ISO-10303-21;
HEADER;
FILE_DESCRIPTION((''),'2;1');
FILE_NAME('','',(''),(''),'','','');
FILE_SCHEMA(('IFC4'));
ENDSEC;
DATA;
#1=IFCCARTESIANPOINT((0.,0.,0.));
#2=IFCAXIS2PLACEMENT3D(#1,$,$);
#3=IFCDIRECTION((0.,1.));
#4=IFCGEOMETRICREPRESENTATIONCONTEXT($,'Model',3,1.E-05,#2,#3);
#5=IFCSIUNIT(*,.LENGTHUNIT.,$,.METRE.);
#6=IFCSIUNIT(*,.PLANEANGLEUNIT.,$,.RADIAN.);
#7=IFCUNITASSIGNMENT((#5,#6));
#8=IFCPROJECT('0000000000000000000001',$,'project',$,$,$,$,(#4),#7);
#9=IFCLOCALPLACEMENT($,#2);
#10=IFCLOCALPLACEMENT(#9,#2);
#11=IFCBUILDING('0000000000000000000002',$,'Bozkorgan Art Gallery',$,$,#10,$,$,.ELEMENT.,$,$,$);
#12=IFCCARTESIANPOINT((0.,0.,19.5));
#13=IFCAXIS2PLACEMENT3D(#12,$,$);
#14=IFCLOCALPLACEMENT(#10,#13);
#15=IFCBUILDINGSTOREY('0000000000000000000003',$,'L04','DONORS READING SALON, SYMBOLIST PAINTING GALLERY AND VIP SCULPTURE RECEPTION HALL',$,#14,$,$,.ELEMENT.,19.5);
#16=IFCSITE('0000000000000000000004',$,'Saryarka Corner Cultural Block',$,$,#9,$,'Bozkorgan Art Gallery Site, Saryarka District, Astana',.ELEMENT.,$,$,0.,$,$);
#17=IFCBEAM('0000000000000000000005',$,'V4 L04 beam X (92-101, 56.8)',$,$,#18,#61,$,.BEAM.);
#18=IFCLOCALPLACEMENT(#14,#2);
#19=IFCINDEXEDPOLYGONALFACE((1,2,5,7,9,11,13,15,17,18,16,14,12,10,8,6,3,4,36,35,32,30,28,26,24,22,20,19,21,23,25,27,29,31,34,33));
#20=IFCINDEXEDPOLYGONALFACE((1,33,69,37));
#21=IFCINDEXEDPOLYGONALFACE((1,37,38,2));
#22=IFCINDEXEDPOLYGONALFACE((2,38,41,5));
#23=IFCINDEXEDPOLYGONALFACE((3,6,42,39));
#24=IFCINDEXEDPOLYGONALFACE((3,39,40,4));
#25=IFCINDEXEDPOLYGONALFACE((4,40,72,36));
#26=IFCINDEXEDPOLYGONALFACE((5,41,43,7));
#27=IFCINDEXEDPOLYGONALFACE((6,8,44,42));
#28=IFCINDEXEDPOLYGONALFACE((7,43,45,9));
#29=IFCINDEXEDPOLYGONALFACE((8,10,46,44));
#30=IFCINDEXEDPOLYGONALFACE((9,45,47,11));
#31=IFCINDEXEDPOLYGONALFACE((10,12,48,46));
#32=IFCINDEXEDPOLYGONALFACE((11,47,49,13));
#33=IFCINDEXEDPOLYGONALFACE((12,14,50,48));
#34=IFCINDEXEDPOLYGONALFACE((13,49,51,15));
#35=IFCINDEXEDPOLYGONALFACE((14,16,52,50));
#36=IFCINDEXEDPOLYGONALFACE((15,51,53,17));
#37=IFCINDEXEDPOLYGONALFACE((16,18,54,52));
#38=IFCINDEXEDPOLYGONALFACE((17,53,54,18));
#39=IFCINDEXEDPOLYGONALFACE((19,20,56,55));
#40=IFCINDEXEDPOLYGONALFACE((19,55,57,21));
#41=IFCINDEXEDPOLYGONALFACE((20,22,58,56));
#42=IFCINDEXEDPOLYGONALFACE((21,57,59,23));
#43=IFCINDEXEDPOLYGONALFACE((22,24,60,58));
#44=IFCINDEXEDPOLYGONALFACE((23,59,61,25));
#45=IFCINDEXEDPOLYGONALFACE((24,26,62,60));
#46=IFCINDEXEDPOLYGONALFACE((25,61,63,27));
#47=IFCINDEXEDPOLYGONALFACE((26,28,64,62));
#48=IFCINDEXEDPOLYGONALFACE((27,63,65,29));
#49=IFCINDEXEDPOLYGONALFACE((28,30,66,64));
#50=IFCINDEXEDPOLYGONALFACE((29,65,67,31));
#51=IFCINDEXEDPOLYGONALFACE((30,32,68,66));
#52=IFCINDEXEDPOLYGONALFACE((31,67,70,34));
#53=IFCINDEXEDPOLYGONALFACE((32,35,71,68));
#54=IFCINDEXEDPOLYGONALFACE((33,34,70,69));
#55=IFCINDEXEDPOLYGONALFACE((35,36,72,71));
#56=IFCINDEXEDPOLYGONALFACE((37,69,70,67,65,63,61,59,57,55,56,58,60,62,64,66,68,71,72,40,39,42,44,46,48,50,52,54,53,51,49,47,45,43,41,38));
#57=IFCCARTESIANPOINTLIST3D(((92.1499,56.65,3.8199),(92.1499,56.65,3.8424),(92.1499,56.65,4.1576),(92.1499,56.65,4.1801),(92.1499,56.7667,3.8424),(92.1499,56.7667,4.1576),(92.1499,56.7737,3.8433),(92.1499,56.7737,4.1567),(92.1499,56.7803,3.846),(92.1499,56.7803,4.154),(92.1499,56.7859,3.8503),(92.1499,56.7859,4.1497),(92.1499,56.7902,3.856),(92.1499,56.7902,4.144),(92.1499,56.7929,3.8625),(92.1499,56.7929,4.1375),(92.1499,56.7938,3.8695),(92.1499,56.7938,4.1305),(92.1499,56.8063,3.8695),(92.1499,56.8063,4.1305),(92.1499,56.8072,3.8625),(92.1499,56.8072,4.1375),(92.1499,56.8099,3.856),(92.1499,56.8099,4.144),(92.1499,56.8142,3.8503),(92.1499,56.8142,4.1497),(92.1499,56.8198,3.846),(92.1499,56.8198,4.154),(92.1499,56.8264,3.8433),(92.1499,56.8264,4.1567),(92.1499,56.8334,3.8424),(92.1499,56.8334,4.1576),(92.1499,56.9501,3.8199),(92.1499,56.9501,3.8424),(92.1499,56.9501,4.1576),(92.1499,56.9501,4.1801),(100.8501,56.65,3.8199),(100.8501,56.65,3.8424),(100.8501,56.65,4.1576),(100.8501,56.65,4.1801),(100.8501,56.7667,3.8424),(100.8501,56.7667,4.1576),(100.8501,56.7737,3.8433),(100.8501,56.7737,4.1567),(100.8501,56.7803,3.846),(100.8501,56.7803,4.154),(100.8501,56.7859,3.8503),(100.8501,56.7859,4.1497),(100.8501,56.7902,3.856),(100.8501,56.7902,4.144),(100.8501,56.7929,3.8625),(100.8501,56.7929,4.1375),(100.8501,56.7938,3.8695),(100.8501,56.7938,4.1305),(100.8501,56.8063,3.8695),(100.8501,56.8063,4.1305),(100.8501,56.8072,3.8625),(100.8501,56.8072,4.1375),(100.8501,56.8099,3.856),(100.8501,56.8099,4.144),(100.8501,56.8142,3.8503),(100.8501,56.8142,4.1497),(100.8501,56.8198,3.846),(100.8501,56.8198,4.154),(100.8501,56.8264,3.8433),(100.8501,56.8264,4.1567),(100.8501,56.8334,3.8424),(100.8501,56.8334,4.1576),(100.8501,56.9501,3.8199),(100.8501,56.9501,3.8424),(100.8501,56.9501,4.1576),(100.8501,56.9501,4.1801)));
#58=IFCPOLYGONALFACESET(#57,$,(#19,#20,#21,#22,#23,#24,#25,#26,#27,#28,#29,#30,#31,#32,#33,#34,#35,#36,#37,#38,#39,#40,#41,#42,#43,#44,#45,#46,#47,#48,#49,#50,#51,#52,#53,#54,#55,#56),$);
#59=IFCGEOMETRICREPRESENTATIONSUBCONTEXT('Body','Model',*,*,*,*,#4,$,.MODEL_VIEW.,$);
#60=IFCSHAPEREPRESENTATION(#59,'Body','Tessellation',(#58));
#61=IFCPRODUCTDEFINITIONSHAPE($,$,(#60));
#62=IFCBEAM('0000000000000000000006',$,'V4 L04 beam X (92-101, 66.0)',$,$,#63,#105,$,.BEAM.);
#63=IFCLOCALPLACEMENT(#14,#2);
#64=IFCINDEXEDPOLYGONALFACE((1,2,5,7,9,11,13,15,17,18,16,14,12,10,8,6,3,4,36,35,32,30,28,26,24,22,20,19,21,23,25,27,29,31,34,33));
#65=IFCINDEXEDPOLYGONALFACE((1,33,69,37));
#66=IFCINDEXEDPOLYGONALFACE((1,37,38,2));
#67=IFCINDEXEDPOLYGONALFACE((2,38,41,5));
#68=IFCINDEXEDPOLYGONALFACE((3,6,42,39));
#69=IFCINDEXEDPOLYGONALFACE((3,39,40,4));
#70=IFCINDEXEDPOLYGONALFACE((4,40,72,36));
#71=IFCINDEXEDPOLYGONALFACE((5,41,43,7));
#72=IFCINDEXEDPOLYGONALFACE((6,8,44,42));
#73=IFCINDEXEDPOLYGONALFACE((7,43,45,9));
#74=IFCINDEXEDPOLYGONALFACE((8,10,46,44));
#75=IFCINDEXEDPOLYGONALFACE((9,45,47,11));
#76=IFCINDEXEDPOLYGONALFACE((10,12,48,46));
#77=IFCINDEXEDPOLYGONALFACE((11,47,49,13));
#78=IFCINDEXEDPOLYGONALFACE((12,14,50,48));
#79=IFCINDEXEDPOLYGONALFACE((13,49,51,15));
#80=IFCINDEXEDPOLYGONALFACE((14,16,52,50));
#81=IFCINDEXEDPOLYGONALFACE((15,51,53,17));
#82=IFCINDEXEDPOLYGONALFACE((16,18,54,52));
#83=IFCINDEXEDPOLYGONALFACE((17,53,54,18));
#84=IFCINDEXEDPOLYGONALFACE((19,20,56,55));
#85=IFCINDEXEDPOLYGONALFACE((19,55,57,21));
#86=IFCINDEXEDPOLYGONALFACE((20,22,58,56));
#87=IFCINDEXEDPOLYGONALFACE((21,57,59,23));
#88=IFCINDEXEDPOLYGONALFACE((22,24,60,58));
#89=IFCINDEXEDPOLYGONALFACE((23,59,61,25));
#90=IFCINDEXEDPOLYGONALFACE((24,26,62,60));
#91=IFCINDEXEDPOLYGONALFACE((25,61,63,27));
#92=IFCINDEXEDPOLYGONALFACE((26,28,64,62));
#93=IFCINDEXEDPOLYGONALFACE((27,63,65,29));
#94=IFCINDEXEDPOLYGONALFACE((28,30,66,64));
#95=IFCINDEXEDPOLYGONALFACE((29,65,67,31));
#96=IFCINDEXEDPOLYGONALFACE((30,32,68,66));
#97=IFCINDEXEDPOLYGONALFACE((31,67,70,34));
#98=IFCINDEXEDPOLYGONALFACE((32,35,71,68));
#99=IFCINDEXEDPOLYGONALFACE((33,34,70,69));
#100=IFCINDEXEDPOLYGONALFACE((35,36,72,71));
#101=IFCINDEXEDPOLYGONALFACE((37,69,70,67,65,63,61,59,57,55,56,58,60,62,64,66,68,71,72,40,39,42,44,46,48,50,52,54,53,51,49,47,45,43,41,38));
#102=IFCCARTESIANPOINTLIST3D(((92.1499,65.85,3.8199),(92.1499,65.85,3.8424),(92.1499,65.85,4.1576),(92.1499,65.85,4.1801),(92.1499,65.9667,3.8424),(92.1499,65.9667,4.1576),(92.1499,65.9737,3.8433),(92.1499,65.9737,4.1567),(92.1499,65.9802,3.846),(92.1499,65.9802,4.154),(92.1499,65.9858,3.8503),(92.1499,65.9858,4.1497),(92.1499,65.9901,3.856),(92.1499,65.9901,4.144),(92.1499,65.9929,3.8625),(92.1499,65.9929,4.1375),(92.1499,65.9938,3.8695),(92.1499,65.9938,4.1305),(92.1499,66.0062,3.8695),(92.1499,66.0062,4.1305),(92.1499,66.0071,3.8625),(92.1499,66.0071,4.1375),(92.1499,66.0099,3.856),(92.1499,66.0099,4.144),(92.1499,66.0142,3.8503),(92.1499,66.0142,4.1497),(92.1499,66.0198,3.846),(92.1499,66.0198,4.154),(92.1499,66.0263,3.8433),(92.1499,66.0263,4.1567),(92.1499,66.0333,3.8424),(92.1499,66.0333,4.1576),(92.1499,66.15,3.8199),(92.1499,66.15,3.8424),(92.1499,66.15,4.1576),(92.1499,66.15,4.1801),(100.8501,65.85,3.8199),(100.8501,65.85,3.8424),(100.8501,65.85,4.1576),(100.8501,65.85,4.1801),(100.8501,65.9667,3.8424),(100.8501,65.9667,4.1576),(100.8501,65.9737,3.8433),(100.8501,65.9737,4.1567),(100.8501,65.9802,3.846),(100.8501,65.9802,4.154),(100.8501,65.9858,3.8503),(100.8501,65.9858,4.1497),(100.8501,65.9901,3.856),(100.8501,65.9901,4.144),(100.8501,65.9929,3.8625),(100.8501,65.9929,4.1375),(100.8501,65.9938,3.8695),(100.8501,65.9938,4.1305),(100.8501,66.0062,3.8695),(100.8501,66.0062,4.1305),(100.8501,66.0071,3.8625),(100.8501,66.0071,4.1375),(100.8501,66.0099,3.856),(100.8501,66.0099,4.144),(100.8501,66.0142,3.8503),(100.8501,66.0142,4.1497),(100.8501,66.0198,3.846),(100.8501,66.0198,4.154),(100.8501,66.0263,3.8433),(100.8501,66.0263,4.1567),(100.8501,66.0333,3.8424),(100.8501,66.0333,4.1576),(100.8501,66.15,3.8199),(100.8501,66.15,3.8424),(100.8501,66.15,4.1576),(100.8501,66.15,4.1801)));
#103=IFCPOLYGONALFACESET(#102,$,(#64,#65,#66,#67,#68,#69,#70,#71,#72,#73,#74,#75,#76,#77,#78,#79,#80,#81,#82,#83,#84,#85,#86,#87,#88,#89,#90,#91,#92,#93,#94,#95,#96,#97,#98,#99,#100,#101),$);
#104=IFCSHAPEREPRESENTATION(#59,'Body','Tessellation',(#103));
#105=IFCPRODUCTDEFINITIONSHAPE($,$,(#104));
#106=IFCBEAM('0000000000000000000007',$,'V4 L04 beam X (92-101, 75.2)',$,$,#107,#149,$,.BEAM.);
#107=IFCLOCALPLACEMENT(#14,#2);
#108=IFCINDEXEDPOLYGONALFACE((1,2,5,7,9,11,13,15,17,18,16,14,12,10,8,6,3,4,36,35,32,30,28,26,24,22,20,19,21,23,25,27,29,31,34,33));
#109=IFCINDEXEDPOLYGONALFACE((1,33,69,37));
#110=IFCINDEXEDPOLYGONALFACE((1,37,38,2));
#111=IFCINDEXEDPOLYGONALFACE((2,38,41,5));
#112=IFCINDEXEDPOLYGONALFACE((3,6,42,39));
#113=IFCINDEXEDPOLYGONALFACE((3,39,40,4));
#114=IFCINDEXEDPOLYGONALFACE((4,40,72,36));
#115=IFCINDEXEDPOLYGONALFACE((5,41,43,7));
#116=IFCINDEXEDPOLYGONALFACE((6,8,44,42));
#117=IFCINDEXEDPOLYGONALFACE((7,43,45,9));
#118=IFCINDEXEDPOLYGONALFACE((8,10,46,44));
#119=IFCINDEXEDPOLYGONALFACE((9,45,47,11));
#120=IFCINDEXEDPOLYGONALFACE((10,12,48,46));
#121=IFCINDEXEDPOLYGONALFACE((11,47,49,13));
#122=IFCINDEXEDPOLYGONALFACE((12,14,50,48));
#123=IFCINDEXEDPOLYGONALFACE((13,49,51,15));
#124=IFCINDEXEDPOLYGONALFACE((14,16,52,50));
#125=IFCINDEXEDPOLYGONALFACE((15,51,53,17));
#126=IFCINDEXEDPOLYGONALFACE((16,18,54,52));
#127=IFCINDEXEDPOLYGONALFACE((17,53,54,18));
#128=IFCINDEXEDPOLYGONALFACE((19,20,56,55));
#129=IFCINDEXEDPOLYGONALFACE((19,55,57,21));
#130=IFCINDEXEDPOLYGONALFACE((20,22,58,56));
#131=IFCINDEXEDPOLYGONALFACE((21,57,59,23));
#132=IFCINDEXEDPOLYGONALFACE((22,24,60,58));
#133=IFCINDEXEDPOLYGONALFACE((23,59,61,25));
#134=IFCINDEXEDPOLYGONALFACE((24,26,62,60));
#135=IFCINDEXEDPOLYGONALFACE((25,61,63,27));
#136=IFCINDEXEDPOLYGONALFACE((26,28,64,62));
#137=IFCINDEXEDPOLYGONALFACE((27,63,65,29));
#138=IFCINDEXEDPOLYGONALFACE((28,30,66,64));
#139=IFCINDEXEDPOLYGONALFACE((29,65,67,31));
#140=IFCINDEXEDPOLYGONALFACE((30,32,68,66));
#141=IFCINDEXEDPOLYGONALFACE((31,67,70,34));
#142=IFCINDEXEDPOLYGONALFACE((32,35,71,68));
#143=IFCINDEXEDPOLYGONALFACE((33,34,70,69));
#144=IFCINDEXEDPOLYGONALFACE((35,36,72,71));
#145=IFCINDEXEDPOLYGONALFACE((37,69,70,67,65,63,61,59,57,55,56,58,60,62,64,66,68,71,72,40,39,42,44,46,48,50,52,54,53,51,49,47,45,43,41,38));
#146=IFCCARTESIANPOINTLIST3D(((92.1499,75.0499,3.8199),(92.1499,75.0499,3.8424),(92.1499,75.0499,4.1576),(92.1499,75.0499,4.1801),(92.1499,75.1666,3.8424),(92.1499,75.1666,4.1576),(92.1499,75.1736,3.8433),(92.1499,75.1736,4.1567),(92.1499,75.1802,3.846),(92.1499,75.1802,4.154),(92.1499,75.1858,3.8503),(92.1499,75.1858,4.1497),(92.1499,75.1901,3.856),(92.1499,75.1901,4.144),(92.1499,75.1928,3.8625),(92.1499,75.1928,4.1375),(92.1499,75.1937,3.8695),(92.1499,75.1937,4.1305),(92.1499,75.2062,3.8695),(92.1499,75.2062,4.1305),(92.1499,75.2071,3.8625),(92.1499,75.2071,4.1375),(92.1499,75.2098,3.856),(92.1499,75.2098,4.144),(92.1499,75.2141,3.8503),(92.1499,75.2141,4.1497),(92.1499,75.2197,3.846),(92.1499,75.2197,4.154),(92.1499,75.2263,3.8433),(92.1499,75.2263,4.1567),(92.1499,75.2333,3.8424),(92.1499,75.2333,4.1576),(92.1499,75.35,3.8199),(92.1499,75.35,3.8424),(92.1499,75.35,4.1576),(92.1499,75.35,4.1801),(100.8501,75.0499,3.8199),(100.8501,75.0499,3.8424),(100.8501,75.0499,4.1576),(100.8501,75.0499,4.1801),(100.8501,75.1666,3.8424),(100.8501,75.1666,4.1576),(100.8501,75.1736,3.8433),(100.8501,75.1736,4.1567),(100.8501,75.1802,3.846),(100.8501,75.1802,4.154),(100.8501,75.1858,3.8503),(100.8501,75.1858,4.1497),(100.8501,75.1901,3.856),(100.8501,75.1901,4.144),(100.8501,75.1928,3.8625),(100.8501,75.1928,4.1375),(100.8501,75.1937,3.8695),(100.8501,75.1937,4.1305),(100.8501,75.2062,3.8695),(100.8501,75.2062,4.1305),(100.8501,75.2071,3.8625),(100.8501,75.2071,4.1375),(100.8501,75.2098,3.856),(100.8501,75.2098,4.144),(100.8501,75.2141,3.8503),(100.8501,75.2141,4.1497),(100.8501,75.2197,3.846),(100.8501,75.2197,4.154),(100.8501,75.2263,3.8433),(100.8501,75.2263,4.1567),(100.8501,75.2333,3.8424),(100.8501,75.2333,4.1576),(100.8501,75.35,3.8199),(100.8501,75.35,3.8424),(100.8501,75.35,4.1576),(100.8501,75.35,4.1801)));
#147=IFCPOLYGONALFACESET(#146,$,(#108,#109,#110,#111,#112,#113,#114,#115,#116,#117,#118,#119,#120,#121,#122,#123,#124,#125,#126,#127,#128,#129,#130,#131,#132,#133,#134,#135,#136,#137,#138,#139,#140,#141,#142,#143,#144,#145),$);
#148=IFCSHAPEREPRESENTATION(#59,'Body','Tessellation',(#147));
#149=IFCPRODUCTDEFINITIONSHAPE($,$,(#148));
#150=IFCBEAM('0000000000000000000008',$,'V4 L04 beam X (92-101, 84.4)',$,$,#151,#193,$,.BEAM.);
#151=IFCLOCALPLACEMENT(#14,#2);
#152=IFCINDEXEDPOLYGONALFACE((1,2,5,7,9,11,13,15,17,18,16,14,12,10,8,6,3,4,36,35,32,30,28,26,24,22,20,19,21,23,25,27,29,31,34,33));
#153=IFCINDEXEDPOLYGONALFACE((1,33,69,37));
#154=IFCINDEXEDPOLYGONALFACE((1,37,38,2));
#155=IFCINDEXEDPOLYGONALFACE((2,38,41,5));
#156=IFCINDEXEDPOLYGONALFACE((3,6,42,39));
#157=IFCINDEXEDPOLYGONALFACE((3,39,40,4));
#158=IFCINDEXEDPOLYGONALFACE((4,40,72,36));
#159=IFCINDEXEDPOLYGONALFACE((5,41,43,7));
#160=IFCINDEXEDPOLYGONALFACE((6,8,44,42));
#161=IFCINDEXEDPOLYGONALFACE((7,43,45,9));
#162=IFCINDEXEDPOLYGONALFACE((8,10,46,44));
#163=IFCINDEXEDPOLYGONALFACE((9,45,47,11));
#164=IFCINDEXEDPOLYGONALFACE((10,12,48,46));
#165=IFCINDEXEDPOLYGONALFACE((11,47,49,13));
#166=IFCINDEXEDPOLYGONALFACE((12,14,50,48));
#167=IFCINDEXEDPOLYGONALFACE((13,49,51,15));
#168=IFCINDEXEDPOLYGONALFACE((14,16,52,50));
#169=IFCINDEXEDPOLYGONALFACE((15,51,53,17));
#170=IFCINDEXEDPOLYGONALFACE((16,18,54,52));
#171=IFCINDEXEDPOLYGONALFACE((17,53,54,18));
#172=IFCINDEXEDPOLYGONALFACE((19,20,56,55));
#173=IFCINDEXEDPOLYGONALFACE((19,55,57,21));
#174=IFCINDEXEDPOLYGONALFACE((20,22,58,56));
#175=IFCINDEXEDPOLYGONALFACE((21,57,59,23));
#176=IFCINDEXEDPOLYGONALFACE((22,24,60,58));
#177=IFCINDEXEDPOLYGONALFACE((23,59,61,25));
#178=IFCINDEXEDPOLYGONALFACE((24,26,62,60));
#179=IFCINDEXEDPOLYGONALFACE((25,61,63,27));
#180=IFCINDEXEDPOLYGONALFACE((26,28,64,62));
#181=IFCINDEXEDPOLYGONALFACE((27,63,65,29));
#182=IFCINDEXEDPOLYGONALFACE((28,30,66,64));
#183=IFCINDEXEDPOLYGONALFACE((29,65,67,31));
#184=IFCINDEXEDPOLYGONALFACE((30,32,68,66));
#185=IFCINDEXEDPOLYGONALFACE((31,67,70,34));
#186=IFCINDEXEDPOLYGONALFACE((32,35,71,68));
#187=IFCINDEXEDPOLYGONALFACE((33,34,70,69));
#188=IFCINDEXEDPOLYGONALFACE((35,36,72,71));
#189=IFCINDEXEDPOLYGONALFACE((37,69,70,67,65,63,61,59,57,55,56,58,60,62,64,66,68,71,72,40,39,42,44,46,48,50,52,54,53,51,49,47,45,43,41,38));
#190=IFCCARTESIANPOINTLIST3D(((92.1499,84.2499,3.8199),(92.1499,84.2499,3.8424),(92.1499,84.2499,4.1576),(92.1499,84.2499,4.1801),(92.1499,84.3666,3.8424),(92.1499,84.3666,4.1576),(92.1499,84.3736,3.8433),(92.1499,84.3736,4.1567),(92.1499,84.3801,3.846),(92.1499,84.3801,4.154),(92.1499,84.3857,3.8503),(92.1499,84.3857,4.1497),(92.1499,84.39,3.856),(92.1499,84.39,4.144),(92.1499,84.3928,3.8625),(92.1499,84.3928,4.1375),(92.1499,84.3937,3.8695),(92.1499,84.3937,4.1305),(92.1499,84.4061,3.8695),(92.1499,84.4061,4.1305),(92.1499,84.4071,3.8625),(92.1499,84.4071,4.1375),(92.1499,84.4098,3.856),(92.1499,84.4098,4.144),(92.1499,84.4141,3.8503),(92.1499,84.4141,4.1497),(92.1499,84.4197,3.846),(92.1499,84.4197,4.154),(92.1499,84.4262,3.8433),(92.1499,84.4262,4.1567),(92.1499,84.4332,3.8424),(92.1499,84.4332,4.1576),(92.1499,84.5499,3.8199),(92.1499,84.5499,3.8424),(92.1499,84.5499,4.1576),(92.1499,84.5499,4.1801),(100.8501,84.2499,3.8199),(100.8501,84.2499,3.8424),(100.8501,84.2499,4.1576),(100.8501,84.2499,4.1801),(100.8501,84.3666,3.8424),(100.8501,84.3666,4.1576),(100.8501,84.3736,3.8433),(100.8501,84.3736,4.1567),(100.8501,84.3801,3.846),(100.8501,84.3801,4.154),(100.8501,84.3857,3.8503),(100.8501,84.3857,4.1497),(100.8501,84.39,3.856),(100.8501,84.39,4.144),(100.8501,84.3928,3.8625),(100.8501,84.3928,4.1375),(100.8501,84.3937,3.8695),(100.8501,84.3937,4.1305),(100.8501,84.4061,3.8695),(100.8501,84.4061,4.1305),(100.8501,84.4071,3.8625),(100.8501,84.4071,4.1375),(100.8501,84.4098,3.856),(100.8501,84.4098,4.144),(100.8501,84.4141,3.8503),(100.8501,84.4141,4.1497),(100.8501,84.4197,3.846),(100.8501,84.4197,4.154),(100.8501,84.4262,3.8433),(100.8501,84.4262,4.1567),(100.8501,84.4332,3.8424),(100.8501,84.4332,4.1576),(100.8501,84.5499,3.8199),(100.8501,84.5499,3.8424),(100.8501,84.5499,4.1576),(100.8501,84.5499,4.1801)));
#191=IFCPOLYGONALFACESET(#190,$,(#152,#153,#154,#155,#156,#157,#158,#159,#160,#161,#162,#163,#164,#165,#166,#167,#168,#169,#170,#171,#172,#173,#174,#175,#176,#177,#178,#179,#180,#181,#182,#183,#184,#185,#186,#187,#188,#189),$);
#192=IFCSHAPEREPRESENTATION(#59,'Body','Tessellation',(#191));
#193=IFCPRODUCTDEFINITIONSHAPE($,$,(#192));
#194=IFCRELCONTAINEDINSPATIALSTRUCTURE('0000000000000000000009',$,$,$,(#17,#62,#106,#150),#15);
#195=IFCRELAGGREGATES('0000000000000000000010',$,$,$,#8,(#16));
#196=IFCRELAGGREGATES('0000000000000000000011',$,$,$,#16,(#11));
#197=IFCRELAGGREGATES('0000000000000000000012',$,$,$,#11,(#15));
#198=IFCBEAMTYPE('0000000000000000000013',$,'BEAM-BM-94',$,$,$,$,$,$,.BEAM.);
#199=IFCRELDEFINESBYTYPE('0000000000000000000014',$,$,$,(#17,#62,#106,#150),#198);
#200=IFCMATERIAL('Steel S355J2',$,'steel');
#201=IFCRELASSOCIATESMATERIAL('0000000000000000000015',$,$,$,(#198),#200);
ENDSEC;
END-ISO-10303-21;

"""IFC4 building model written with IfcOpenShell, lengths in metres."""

from ifc_helpers import new_model, si_unit, direction, frame, origin, origin_2d, place, context, subcontext, project, spatial, i_section, extrude, material, material_profile, profile_set, type_object, element, save


model = new_model("IFC4")

# Units and contexts
model_context = context("Model", 3, precision=1e-05, world=origin(), true_north=direction((0.0, 1.0)))
body_context = subcontext(model_context, "Body", "Model", "MODEL_VIEW")
ifc_project = project(units=[si_unit("LENGTHUNIT", "METRE"), si_unit("PLANEANGLEUNIT", "RADIAN")], contexts=[model_context])

# Site, building, storey
site_placement = place(None, origin())
site = spatial("IfcSite", under=ifc_project, at=site_placement, Name="Saryarka Corner Cultural Block", LongName="Bozkorgan Art Gallery Site, Saryarka District, Astana", CompositionType="ELEMENT", RefElevation=0.0)
building_placement = place(site_placement, origin())
building = spatial("IfcBuilding", under=site, at=building_placement, Name="Bozkorgan Art Gallery", CompositionType="ELEMENT")
storey_placement = place(building_placement, frame((0.0, 0.0, 19.5)))
storey = spatial("IfcBuildingStorey", under=building, at=storey_placement, Name="L04", Description="DONORS READING SALON, SYMBOLIST PAINTING GALLERY AND VIP SCULPTURE RECEPTION HALL", CompositionType="ELEMENT", Elevation=19.5)

# Shared definitions
ifc_material_1 = material(Name="Steel S355J2", Category="steel")

# Beams
ifc_material_profile_1 = material_profile(ifc_material_1, i_section(OverallWidth=0.3, OverallDepth=0.3601, WebThickness=0.0125, FlangeThickness=0.0225, FilletRadius=0.0271, at=origin_2d()), Name="HEB 360")
ifc_profile_set_1 = profile_set([ifc_material_profile_1], Name="Steel S355J2")
beam_type = type_object("IfcBeamType", Name="BEAM-BM-94", PredefinedType="BEAM", material=ifc_profile_set_1)
for number, where, z_axis, x_axis, name in (
    (1, (92.1499, 56.8, 4.0), (1.0, 0.0, 0.0), (0.0, 1.0, 0.0), "V4 L04 beam X (92-101, 56.8)"),
    (2, (92.1499, 66.0, 4.0), (1.0, 0.0, 0.0), (0.0, 1.0, 0.0), "V4 L04 beam X (92-101, 66.0)"),
    (3, (92.1499, 75.2, 4.0), (1.0, 0.0, 0.0), (0.0, 1.0, 0.0), "V4 L04 beam X (92-101, 75.2)"),
    (4, (92.1499, 84.3999, 4.0), (1.0, 0.0, 0.0), (0.0, 1.0, 0.0), "V4 L04 beam X (92-101, 84.4)"),
):
    element("IfcBeam", number, at=place(storey_placement, frame(where, z_axis=z_axis, x_axis=x_axis)), inside=storey, type_object=beam_type, Name=name, PredefinedType="BEAM", context=body_context, shape_type="SweptSolid", body=[
        extrude(i_section(OverallWidth=0.3, OverallDepth=0.3601, WebThickness=0.0125, FlangeThickness=0.0225, FilletRadius=0.0271, at=origin_2d()), origin(), (0.0, 0.0, 1.0), 8.7002),
    ])

save(model, "model.ifc")
